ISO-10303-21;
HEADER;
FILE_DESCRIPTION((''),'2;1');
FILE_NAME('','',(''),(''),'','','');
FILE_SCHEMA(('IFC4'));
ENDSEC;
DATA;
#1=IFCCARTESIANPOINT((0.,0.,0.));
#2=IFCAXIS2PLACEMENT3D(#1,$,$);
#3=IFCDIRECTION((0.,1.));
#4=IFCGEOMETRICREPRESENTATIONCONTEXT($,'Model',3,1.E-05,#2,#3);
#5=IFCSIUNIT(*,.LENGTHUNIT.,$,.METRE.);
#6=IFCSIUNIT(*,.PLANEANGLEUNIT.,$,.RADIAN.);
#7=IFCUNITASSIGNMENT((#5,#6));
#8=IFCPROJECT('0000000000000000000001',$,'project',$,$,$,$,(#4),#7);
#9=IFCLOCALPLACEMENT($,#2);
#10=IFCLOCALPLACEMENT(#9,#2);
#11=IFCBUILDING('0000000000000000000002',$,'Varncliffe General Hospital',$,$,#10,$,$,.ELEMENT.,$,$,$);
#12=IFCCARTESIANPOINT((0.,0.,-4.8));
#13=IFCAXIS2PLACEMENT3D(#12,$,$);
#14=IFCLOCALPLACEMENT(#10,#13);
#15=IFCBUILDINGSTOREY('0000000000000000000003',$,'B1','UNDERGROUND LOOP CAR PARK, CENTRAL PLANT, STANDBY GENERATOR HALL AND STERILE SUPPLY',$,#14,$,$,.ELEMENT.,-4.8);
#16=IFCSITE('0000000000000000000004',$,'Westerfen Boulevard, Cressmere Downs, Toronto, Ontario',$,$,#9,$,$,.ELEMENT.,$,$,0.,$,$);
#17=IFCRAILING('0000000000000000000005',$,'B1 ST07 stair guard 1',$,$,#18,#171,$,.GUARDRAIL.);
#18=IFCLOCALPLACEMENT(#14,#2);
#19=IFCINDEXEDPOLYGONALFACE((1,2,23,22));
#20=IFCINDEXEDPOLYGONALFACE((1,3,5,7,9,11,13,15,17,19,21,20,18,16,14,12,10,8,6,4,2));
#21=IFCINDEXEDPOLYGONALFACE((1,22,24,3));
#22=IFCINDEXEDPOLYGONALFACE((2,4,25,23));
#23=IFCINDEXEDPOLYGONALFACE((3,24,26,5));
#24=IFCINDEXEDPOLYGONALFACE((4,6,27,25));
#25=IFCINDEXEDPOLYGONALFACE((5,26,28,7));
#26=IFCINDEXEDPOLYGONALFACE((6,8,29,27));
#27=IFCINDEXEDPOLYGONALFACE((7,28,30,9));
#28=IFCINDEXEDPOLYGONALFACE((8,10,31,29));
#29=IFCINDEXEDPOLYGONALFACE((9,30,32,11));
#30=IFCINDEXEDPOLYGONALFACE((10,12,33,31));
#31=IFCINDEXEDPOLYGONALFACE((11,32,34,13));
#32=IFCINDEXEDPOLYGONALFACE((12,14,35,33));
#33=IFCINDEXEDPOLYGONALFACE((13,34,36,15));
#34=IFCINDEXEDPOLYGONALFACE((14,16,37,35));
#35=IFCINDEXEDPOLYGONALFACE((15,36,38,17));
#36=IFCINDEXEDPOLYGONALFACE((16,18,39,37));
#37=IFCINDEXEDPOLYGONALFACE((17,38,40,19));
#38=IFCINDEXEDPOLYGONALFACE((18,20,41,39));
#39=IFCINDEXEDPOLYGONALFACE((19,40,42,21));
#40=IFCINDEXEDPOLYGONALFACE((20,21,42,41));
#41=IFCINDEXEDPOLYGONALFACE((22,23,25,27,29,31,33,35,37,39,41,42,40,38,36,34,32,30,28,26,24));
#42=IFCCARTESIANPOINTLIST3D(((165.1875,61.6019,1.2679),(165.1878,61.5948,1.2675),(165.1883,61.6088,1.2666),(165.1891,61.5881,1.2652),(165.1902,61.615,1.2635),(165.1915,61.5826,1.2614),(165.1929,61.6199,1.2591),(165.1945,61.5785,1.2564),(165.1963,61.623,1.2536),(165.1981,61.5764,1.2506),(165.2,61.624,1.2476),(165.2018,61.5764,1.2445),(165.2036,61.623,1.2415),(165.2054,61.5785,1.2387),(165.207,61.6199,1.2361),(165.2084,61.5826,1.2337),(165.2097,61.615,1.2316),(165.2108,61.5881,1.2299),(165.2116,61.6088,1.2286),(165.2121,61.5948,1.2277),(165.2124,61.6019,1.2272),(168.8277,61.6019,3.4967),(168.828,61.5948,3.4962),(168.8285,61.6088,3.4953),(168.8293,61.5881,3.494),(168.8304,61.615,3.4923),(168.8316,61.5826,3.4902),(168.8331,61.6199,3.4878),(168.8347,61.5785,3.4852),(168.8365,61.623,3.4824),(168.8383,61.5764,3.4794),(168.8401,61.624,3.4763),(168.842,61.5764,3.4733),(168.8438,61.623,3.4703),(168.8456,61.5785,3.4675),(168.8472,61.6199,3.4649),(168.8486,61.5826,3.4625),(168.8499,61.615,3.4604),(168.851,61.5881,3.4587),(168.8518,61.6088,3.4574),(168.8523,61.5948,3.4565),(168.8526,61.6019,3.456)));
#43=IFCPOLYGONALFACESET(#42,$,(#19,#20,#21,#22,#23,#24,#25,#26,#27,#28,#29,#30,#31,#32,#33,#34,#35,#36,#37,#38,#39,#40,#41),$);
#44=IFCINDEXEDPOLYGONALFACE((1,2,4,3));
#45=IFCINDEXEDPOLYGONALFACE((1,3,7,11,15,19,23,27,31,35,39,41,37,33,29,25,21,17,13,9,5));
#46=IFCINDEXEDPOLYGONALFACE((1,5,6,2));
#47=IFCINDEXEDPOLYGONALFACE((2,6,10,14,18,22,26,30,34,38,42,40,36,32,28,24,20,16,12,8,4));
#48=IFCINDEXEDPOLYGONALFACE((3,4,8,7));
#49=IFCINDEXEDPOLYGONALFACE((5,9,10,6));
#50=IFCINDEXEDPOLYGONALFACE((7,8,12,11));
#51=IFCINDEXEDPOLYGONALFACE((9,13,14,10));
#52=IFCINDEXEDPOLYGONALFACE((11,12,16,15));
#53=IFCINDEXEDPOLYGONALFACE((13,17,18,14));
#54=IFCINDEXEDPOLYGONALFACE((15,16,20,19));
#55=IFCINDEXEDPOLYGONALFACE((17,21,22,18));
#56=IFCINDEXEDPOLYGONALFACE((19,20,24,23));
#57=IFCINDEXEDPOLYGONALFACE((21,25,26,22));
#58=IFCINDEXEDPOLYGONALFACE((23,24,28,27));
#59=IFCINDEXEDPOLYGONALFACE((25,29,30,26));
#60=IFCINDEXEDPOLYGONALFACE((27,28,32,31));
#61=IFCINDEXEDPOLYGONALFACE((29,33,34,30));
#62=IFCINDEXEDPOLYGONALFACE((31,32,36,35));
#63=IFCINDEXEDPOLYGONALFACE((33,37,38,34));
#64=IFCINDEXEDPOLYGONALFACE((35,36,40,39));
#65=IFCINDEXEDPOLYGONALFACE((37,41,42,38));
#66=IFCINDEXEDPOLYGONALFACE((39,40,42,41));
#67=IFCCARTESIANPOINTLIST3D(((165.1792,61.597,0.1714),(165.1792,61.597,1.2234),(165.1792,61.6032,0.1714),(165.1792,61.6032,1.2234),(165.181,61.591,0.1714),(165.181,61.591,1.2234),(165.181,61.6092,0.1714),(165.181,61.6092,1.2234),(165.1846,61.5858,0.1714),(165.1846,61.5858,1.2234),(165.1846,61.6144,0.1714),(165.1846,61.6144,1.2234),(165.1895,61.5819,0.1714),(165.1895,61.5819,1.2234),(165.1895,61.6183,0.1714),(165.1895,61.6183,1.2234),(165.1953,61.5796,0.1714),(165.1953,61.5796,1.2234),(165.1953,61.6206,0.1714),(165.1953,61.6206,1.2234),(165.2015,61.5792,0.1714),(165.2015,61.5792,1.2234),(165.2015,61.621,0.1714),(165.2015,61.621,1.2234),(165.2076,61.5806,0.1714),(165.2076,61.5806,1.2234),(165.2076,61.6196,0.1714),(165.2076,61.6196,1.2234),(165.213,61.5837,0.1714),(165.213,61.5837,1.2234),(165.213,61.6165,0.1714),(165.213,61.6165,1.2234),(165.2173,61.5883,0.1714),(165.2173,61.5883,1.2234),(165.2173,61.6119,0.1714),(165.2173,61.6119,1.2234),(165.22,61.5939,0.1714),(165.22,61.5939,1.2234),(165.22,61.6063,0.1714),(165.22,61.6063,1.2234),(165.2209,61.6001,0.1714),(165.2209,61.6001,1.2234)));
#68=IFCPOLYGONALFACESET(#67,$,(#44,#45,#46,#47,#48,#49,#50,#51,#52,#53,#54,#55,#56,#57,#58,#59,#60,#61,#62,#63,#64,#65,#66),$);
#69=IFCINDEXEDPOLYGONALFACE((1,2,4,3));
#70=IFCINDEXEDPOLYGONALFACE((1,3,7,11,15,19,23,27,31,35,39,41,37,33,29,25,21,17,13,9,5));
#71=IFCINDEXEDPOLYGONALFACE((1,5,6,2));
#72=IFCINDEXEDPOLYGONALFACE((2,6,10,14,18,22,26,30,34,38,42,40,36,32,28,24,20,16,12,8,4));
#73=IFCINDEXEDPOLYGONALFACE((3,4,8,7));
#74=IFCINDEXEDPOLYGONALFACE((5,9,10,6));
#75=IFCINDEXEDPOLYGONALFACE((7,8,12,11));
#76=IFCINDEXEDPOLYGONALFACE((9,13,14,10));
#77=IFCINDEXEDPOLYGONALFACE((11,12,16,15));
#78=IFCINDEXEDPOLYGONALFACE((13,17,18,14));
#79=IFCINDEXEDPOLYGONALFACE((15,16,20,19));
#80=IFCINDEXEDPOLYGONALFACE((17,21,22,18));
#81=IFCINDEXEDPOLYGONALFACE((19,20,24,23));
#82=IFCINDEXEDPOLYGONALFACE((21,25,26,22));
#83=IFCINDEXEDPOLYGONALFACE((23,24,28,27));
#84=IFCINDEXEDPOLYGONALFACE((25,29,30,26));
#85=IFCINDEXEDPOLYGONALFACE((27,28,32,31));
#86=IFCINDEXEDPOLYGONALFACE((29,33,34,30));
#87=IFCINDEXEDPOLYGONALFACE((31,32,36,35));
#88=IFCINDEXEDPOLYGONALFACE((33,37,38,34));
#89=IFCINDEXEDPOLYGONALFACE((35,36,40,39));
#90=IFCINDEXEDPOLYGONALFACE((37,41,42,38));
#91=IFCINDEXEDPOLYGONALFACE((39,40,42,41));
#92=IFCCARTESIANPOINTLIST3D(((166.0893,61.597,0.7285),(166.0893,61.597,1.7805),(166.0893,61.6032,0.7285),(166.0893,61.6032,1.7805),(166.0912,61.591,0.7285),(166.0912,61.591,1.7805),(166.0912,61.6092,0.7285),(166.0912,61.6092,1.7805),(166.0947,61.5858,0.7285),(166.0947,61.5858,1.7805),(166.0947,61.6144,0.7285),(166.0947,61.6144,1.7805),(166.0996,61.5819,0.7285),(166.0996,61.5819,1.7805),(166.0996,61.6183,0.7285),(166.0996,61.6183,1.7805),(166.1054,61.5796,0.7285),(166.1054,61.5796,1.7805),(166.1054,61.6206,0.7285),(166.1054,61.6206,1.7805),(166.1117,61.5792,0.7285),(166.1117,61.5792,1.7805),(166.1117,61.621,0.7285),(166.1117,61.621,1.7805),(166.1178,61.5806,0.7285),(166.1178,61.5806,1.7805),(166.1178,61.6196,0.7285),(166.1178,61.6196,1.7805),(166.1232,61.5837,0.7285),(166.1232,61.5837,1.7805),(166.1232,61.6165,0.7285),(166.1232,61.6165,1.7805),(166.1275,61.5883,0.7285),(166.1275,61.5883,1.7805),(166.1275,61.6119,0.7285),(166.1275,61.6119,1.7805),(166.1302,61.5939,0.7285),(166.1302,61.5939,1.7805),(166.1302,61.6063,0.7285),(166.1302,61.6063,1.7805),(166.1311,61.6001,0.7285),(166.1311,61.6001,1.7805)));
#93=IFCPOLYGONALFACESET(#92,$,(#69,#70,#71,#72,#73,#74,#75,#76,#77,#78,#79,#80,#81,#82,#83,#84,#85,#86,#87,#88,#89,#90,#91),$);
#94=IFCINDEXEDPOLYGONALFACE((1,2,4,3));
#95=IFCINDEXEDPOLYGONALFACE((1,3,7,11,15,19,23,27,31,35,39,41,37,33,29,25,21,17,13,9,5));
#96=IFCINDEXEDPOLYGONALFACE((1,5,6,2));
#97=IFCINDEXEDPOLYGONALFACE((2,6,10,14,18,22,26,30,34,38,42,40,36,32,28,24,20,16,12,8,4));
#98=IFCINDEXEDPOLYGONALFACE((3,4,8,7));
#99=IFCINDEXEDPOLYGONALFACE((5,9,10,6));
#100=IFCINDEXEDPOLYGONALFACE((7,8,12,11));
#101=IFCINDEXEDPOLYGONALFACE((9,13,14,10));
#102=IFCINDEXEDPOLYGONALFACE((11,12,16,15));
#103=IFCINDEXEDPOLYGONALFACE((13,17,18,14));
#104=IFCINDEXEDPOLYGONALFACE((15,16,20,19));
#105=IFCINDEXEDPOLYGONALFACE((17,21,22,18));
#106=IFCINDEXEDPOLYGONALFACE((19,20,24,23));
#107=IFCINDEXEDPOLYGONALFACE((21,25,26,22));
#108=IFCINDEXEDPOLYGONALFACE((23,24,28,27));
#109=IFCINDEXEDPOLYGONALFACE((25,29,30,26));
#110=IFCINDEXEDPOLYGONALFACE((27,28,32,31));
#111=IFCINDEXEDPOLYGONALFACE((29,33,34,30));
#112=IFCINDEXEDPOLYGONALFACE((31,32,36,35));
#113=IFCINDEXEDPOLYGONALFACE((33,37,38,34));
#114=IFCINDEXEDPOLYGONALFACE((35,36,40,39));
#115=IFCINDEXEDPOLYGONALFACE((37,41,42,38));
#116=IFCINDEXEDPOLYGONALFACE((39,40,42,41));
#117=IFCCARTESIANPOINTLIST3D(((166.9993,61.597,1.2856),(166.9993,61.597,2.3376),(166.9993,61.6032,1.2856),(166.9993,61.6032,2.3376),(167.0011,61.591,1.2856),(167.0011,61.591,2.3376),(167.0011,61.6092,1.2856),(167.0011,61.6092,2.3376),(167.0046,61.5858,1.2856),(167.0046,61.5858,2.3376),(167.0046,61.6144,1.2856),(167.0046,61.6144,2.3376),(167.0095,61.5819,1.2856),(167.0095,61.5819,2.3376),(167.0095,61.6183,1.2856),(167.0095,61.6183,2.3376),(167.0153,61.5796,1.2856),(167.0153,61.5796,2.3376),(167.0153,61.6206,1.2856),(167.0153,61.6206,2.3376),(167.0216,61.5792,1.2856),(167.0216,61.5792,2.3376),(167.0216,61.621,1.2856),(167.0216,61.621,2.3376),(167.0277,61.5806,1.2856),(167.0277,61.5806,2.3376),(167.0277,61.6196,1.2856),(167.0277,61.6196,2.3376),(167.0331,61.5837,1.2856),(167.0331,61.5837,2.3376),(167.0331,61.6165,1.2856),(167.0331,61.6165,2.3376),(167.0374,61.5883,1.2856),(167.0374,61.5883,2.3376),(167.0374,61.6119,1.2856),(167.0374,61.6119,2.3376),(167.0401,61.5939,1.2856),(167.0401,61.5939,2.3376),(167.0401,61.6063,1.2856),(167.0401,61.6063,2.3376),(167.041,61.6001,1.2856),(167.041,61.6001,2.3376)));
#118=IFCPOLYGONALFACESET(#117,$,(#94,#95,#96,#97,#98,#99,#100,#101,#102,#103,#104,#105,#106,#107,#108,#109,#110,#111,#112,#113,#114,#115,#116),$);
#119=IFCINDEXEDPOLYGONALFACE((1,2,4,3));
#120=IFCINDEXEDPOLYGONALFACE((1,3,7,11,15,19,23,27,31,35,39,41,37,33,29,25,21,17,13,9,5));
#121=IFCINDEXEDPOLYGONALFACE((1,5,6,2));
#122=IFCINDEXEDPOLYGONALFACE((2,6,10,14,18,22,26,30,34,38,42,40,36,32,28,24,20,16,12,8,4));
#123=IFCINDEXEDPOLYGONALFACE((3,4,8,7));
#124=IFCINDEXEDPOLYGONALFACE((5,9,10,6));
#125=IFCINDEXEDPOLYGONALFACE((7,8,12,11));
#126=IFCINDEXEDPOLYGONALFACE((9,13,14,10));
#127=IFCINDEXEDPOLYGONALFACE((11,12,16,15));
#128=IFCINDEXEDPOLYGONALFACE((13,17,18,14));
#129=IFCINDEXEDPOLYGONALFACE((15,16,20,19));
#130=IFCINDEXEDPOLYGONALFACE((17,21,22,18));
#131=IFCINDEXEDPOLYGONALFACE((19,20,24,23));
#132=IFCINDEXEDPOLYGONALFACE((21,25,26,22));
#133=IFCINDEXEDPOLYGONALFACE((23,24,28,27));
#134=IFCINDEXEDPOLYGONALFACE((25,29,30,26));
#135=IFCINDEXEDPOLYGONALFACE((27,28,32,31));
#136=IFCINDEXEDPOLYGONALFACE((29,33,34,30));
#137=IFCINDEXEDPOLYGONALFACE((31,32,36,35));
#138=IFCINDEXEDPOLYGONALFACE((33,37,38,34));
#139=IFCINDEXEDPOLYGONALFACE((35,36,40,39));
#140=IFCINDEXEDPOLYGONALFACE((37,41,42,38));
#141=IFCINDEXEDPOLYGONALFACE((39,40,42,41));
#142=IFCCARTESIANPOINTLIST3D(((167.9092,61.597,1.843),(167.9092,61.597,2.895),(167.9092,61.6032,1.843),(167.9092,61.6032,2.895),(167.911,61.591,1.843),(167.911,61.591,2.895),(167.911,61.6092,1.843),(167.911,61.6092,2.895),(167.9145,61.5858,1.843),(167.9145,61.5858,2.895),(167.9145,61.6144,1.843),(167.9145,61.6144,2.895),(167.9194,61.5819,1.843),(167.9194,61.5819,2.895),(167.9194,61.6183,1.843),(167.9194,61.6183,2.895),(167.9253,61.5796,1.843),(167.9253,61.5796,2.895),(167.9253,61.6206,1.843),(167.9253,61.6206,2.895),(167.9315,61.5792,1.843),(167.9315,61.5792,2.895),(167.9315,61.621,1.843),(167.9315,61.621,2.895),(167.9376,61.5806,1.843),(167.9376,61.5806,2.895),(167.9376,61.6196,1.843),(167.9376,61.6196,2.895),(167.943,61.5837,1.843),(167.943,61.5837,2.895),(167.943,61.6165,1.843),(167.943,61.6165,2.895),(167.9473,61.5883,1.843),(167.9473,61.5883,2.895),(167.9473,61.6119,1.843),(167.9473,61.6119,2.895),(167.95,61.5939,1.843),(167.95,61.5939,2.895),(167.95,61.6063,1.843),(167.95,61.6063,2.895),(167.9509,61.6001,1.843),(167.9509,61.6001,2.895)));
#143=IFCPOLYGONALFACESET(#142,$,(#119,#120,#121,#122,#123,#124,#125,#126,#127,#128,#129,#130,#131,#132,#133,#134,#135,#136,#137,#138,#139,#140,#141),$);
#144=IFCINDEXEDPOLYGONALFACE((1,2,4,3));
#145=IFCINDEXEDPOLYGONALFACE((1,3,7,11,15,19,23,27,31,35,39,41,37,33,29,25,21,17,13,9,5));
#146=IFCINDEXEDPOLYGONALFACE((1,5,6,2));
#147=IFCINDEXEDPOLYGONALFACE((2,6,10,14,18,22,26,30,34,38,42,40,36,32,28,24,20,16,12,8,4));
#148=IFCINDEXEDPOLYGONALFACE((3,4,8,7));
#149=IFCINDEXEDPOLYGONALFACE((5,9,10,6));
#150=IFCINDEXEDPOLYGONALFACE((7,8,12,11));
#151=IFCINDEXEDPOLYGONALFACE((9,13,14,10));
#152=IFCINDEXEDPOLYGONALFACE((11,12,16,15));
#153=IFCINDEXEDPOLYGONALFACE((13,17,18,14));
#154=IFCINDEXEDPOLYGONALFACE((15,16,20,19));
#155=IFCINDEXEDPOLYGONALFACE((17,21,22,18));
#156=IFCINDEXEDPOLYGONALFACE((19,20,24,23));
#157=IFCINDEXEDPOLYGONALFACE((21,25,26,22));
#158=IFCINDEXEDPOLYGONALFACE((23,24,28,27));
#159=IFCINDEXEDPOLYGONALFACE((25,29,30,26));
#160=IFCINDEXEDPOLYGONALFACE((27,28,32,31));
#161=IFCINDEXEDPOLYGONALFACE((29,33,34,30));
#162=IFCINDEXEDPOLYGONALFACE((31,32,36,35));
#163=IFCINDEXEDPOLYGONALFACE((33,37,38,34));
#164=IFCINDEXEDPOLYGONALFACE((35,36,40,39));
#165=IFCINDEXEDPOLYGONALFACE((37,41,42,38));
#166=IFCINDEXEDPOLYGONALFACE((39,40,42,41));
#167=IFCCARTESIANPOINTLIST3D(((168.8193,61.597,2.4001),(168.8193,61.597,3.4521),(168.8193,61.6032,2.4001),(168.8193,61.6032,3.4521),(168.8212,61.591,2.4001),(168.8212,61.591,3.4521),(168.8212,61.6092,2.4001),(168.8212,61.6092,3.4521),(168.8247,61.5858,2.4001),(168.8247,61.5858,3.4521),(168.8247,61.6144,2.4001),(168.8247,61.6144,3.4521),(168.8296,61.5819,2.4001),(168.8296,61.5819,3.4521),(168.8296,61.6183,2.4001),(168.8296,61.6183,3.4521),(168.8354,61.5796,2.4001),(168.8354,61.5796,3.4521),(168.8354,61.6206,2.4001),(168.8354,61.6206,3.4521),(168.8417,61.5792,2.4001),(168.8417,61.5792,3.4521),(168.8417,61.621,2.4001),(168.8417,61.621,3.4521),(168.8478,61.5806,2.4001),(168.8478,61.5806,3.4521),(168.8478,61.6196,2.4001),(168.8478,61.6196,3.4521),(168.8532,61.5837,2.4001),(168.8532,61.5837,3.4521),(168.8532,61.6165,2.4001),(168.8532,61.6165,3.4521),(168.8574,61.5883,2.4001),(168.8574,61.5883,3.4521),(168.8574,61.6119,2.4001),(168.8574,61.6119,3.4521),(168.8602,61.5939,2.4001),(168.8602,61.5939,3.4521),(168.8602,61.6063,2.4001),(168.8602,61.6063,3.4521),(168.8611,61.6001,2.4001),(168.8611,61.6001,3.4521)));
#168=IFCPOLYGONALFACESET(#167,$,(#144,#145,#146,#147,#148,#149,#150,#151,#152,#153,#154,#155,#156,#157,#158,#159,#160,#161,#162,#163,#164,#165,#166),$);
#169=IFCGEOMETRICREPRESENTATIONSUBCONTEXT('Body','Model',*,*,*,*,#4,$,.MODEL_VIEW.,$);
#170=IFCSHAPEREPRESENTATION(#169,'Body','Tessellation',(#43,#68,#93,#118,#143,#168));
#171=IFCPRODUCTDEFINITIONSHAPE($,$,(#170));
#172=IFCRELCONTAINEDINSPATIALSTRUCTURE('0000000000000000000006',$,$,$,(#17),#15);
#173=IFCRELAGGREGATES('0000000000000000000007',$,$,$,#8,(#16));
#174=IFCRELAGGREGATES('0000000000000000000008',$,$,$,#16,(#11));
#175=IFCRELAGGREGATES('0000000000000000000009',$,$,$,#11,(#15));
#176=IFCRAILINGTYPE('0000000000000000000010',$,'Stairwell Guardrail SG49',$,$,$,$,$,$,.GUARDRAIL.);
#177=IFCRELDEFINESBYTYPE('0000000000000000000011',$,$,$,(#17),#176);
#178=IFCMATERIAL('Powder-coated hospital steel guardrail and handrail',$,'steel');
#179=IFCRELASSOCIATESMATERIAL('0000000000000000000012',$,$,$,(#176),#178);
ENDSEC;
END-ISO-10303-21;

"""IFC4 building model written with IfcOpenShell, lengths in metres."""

from ifc_helpers import new_model, si_unit, direction, frame, origin, origin_2d, place, context, subcontext, project, spatial, circle, extrude, material, type_object, element, save


model = new_model("IFC4")

# Units and contexts
model_context = context("Model", 3, precision=1e-05, world=origin(), true_north=direction((0.0, 1.0)))
body_context = subcontext(model_context, "Body", "Model", "MODEL_VIEW")
ifc_project = project(units=[si_unit("LENGTHUNIT", "METRE"), si_unit("PLANEANGLEUNIT", "RADIAN")], contexts=[model_context])

# Site, building, storey
site_placement = place(None, origin())
site = spatial("IfcSite", under=ifc_project, at=site_placement, Name="Westerfen Boulevard, Cressmere Downs, Toronto, Ontario", CompositionType="ELEMENT", RefElevation=0.0)
building_placement = place(site_placement, origin())
building = spatial("IfcBuilding", under=site, at=building_placement, Name="Varncliffe General Hospital", CompositionType="ELEMENT")
storey_placement = place(building_placement, frame((0.0, 0.0, -4.8)))
storey = spatial("IfcBuildingStorey", under=building, at=storey_placement, Name="B1", Description="UNDERGROUND LOOP CAR PARK, CENTRAL PLANT, STANDBY GENERATOR HALL AND STERILE SUPPLY", CompositionType="ELEMENT", Elevation=-4.8)

# Railing
ifc_material_1 = material(Name="Powder-coated hospital steel guardrail and handrail", Category="steel")
railing_type_1 = type_object("IfcRailingType", Name="Stairwell Guardrail SG49", PredefinedType="GUARDRAIL", material=ifc_material_1)
railing_1_placement = place(storey_placement, frame((165.2, 61.6001, 0.1714)))
element("IfcRailing", 1, at=railing_1_placement, inside=storey, type_object=railing_type_1, Name="B1 ST07 stair guard 1", PredefinedType="GUARDRAIL", context=body_context, shape_type="SweptSolid", body=[
    extrude(circle(Radius=0.0239, at=origin_2d()), frame((0.0, 0.0, 1.0762), z_axis=(0.85284, 0.0, 0.522172), x_axis=(0.0, 1.0, 0.0)), (0.0, 0.0, 1.0), 4.2683),
    extrude(circle(Radius=0.021, at=origin_2d()), origin(), (0.0, 0.0, 1.0), 1.052),
    extrude(circle(Radius=0.021, at=origin_2d()), frame((0.9102, 0.0, 0.5571)), (0.0, 0.0, 1.0), 1.052),
    extrude(circle(Radius=0.021, at=origin_2d()), frame((1.8201, 0.0, 1.1143)), (0.0, 0.0, 1.0), 1.052),
    extrude(circle(Radius=0.021, at=origin_2d()), frame((2.73, 0.0, 1.6716)), (0.0, 0.0, 1.0), 1.052),
    extrude(circle(Radius=0.021, at=origin_2d()), frame((3.6401, 0.0, 2.2288)), (0.0, 0.0, 1.0), 1.052),
])

save(model, "model.ifc")
